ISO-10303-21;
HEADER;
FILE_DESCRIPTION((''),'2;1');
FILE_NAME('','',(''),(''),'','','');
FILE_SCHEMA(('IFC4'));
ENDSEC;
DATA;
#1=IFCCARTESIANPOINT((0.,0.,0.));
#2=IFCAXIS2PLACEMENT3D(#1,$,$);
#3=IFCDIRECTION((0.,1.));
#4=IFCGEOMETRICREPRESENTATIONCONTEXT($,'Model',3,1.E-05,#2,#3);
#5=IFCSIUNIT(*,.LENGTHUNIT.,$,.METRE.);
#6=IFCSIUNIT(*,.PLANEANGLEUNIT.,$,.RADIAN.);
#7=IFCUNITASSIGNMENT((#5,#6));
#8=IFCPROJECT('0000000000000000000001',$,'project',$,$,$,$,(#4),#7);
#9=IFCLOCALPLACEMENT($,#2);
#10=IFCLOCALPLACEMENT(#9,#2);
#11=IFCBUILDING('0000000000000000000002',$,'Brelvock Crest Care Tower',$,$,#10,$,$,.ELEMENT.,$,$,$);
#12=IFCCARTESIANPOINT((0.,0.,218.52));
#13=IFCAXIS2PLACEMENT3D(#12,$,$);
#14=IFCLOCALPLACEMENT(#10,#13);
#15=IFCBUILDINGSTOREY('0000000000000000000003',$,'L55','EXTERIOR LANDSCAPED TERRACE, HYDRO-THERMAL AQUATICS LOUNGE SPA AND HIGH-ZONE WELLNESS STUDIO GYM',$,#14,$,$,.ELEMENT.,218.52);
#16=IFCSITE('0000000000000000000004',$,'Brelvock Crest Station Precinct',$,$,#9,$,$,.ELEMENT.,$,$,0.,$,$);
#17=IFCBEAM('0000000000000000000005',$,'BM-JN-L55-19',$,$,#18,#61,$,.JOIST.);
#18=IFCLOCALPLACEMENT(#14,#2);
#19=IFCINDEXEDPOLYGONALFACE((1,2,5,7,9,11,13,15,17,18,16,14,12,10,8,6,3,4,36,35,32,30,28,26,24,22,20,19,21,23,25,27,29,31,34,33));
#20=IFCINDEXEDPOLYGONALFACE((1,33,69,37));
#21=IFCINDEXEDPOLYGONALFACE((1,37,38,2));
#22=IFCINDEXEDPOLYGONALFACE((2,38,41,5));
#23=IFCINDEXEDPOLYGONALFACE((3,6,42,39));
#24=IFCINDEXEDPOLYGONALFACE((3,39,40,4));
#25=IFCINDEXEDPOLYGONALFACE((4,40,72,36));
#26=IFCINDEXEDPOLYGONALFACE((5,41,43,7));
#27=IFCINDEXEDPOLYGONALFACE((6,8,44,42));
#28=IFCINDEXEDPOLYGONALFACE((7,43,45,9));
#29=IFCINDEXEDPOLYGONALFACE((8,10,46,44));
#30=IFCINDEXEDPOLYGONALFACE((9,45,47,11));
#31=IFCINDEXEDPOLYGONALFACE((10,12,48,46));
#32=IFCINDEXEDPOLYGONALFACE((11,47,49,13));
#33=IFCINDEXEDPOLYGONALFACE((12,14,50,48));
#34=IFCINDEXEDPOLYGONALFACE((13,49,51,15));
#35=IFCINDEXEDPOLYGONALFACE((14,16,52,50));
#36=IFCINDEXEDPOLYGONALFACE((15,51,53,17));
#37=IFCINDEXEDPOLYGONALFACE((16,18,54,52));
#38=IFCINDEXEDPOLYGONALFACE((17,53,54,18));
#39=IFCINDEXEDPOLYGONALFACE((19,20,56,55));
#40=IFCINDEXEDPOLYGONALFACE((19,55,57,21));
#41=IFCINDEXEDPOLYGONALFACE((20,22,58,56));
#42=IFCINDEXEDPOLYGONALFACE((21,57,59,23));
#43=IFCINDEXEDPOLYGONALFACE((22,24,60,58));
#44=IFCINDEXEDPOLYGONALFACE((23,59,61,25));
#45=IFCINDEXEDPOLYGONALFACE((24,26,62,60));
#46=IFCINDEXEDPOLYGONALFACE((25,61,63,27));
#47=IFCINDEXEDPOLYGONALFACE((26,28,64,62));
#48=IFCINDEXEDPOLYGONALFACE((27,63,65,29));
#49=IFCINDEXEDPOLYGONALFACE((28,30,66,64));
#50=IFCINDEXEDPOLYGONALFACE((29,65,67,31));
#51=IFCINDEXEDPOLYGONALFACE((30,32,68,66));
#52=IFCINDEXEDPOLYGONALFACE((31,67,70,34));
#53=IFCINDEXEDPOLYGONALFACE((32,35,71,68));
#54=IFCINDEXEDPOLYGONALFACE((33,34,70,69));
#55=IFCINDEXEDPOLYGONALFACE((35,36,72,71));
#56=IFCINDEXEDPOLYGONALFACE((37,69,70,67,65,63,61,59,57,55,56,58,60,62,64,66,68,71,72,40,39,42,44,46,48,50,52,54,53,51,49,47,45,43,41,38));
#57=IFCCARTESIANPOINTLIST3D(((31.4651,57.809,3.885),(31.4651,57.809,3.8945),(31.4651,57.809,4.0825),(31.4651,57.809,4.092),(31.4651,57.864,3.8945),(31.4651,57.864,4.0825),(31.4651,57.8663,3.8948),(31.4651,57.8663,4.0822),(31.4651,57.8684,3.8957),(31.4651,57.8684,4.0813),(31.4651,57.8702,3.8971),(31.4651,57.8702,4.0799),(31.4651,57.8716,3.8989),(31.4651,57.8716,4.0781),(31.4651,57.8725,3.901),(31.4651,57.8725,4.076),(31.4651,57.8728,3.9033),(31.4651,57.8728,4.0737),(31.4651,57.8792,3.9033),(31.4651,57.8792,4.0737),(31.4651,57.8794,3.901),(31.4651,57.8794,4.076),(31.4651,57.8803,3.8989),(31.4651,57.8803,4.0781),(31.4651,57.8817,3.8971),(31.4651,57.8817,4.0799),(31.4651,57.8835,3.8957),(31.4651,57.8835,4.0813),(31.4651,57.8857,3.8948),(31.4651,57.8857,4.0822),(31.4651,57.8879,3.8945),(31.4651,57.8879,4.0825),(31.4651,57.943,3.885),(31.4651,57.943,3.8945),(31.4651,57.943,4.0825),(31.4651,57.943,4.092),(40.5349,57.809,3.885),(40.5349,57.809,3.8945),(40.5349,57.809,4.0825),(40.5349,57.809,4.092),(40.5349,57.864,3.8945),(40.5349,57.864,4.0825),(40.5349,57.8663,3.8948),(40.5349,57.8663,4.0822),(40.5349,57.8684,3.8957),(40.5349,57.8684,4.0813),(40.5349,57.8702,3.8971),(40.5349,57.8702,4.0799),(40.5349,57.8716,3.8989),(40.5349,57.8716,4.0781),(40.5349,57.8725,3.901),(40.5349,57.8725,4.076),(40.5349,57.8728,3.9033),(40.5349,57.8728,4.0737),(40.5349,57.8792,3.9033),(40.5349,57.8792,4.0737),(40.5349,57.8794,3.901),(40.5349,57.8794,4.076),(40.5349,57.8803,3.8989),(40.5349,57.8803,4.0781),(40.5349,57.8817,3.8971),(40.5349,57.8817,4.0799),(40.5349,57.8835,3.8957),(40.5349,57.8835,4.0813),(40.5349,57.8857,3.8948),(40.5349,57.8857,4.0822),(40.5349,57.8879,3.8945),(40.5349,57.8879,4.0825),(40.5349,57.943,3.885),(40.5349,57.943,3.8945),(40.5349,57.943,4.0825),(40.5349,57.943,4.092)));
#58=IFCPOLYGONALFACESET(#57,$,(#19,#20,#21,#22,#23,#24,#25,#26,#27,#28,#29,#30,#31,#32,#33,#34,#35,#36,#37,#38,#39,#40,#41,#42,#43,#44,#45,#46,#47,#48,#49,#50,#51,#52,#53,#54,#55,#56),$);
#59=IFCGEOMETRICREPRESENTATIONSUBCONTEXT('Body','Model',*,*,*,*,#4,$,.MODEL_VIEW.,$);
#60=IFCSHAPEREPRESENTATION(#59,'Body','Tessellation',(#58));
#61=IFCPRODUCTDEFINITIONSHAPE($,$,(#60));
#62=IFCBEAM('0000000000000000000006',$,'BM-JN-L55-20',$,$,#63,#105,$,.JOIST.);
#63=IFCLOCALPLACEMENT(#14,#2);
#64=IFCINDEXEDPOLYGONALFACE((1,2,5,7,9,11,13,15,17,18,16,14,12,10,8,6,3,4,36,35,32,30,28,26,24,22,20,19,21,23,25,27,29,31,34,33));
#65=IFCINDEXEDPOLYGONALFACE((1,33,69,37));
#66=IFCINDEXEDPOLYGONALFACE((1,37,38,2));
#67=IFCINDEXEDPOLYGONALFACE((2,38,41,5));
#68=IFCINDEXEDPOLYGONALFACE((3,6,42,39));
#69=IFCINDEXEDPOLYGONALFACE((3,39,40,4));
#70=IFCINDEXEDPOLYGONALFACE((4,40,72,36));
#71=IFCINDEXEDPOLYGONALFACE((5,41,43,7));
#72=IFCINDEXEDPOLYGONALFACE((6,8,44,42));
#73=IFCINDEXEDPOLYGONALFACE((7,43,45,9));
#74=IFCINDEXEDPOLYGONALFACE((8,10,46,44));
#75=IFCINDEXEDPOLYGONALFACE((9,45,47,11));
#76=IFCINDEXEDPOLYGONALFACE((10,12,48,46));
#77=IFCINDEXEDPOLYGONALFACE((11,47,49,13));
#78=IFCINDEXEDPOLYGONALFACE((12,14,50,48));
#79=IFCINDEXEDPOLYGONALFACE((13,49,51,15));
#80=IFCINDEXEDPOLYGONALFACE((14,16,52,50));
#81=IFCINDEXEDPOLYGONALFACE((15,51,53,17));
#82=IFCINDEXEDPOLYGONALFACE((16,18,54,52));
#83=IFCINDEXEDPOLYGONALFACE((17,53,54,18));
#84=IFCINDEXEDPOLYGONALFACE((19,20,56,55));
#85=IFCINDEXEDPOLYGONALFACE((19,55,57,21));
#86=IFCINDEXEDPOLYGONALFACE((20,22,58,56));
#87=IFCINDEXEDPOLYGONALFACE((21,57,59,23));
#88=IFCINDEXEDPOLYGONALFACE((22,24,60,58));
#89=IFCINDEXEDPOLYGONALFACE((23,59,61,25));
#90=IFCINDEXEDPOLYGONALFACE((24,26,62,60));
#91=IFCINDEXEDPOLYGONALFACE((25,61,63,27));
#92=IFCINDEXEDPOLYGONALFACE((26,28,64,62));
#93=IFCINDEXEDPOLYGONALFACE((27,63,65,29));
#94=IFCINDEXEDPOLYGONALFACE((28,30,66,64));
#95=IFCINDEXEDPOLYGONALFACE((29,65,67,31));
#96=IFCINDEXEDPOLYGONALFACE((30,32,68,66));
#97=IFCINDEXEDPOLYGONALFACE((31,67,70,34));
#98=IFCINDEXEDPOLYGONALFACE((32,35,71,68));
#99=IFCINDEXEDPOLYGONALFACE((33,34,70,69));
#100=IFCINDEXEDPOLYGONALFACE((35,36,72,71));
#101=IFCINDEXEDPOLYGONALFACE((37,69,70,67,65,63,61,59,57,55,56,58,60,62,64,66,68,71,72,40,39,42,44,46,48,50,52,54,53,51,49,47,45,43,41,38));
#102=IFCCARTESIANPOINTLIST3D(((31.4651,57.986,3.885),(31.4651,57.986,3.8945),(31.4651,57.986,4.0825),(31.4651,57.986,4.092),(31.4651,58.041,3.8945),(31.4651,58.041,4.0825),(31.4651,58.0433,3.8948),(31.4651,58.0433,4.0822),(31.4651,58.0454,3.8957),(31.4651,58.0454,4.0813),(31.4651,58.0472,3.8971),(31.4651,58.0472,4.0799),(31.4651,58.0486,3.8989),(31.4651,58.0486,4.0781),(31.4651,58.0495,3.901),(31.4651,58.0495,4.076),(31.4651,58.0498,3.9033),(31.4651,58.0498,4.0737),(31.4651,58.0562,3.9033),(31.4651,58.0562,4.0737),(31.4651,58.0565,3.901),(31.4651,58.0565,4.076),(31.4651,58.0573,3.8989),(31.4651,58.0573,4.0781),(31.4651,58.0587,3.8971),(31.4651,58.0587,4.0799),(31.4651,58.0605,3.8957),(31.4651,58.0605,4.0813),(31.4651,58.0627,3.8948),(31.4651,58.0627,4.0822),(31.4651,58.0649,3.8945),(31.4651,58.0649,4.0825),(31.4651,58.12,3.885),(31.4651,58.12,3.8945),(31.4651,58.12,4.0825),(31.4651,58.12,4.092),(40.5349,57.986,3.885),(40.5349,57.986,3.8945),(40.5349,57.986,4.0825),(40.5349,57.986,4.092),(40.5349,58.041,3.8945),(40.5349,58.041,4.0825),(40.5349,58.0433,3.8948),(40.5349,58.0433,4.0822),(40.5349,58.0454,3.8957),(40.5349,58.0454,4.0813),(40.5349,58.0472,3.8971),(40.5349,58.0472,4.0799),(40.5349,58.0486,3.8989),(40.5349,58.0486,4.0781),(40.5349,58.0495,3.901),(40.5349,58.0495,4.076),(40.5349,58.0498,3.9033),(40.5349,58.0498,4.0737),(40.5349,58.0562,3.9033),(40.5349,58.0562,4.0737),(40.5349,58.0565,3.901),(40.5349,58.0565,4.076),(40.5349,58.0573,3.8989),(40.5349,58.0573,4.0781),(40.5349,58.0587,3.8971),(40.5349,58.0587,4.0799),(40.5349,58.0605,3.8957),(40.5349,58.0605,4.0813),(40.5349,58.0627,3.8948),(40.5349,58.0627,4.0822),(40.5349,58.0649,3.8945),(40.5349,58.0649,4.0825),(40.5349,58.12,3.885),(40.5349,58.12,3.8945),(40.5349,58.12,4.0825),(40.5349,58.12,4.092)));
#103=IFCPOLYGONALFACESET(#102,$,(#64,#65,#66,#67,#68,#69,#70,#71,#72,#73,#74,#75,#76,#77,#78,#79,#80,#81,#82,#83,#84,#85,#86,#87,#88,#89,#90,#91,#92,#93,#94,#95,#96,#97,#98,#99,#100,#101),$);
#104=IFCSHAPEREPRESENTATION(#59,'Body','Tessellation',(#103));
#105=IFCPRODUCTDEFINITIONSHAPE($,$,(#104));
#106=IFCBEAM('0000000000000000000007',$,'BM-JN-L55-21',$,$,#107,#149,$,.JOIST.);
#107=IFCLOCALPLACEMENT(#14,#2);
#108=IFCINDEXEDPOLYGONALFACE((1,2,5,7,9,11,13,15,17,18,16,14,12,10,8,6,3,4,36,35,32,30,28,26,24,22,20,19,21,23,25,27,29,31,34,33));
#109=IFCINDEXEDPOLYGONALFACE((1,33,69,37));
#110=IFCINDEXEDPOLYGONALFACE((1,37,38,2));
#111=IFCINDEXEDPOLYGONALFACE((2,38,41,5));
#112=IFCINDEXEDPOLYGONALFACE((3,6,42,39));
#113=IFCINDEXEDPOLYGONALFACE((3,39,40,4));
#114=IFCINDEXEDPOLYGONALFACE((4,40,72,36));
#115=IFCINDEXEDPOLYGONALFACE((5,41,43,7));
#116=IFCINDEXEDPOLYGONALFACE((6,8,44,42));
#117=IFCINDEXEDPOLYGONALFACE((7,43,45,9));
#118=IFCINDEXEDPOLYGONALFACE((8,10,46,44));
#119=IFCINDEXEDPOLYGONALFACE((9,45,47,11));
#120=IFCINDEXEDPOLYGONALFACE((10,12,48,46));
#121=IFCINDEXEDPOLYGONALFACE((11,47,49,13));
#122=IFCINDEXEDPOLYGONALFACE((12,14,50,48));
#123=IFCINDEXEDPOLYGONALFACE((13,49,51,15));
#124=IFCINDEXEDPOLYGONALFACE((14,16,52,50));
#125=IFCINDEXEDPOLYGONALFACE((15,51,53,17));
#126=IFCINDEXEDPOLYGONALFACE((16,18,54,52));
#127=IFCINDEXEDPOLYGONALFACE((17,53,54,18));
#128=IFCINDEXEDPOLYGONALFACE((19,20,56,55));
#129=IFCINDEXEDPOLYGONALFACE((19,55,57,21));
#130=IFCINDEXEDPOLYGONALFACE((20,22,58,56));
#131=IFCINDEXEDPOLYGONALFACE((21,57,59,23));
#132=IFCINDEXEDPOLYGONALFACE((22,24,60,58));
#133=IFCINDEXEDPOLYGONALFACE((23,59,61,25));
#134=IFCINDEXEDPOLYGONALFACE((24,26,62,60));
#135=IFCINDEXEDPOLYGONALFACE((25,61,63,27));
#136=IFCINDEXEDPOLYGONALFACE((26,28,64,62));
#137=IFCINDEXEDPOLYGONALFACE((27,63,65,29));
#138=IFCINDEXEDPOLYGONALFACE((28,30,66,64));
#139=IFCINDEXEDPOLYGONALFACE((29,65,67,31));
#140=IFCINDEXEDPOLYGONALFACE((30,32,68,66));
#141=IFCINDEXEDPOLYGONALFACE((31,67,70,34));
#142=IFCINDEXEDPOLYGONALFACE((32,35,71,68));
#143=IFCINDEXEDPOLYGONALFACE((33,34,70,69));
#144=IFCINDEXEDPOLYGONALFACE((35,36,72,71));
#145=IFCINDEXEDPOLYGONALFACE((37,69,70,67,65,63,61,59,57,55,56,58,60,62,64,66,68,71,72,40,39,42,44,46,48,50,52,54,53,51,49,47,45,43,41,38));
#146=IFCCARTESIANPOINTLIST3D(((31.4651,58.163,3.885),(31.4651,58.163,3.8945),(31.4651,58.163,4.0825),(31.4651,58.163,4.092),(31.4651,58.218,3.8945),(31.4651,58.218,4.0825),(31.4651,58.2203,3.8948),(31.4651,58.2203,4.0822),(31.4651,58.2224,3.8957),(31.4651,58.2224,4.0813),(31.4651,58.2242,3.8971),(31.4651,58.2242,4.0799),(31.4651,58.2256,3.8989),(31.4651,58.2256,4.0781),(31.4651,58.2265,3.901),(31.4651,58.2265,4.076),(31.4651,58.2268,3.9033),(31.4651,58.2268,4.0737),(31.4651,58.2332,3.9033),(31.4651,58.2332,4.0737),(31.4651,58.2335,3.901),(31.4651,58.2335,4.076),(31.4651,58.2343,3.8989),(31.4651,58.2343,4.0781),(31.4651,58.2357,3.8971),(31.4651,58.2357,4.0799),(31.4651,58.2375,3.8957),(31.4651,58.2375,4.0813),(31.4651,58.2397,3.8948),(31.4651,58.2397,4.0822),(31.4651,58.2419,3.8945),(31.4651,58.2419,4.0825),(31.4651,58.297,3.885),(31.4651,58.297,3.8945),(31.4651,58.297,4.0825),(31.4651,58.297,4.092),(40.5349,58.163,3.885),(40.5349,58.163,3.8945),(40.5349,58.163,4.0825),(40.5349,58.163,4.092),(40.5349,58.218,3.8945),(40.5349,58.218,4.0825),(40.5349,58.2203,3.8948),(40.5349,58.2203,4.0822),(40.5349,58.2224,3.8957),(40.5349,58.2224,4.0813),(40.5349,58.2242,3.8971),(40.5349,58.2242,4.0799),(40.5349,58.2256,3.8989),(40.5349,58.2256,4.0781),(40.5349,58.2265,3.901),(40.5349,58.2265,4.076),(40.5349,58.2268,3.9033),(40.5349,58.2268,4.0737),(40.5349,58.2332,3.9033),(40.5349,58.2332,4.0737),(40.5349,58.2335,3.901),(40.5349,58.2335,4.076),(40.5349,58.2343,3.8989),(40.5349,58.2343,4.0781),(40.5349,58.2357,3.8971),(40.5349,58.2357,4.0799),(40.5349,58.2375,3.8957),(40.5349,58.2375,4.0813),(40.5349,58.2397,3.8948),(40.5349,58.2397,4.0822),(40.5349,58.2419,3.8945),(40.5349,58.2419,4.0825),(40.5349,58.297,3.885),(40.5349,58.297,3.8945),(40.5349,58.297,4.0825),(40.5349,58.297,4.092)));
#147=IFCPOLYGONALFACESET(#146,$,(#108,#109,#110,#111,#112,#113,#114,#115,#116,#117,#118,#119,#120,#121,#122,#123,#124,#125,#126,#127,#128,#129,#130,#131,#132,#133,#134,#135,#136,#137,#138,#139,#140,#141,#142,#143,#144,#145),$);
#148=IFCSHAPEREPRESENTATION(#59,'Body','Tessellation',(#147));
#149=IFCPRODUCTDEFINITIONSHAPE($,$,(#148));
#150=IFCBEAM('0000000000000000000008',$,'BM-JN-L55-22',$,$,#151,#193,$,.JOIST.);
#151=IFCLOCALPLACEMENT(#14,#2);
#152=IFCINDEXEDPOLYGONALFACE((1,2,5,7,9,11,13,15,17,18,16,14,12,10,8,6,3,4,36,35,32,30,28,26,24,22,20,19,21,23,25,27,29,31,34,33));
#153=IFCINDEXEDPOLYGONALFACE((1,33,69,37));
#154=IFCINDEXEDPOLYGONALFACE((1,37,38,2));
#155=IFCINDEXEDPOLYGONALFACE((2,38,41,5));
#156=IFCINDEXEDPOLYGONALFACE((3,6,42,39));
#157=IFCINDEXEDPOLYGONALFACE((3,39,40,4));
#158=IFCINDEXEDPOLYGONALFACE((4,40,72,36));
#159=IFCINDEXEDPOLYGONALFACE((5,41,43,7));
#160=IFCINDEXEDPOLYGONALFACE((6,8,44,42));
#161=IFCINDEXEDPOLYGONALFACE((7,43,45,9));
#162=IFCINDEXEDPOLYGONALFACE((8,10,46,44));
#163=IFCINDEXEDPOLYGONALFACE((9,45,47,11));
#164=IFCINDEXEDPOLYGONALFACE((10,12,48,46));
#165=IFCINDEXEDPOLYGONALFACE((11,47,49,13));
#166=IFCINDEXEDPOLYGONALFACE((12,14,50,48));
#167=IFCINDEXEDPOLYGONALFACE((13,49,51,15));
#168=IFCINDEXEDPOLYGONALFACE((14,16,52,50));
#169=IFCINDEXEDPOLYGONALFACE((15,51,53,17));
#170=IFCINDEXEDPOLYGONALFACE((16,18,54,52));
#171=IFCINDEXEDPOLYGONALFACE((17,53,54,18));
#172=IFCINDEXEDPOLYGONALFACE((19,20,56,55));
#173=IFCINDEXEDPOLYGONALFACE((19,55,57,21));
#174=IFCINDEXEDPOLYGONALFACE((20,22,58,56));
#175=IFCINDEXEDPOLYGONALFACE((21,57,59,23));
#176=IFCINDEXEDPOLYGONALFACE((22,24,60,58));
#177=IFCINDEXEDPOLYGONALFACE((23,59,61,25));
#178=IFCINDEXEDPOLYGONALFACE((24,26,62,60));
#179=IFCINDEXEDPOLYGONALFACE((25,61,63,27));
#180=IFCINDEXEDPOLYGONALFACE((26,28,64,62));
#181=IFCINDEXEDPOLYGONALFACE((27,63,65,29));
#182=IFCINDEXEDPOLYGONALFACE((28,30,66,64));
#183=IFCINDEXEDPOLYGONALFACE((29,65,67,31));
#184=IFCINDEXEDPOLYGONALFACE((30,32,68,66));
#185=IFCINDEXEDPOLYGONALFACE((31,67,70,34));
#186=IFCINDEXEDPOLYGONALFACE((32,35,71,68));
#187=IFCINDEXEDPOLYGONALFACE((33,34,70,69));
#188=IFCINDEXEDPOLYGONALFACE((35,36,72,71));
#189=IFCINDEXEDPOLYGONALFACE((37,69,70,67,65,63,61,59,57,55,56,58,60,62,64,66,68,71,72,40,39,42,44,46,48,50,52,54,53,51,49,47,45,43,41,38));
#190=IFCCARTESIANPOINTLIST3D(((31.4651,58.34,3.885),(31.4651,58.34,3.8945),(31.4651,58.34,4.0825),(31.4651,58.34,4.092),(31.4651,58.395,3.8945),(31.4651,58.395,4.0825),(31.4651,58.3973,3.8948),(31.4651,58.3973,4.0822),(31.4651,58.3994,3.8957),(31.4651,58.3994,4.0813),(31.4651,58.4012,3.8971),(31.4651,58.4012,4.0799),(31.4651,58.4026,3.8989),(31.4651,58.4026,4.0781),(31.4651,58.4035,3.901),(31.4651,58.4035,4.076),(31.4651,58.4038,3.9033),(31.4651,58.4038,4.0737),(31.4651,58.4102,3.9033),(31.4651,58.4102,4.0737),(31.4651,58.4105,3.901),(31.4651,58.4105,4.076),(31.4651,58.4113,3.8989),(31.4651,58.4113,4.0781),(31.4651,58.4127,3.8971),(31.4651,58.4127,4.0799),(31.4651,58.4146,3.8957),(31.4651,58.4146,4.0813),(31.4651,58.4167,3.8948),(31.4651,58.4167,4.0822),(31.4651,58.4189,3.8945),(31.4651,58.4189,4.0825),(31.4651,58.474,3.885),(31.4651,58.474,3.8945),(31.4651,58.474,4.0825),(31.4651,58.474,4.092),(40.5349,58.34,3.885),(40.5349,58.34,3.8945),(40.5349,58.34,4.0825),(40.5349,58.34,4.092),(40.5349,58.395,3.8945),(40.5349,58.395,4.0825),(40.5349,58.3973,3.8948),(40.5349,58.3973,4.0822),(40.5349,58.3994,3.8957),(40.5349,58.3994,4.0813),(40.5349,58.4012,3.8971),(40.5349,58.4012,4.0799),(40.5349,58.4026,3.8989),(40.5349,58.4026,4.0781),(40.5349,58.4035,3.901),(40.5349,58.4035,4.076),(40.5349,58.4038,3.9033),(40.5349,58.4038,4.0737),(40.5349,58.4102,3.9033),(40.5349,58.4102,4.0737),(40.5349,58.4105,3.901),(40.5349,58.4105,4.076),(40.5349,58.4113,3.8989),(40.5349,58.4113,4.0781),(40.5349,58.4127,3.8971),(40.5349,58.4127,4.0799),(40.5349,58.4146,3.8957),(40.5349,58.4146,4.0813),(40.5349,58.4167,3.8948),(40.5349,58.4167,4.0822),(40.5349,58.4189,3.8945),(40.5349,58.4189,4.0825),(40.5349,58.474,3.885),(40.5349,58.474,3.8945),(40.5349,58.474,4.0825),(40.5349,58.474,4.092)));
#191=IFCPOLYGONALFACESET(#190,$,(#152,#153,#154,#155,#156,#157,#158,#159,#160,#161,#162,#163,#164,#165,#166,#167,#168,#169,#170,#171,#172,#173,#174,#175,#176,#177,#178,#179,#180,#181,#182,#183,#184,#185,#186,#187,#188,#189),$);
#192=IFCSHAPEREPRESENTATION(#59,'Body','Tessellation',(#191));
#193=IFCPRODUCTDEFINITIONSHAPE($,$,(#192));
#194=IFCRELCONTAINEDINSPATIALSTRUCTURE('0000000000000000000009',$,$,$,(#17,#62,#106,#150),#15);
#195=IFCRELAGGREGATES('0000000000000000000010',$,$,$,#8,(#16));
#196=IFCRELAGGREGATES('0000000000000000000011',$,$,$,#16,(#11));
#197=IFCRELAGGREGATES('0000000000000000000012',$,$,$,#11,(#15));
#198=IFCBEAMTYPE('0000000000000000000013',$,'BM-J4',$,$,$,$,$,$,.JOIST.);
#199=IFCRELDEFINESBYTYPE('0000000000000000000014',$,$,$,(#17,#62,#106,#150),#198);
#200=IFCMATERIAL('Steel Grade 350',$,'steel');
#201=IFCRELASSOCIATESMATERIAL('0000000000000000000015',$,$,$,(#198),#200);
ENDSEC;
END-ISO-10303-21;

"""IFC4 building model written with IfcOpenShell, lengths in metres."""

from ifc_helpers import new_model, si_unit, direction, frame, origin, origin_2d, place, context, subcontext, project, spatial, i_section, extrude, source, transform, mapped, material, material_profile, profile_set, type_object, element, save


model = new_model("IFC4")

# Units and contexts
model_context = context("Model", 3, precision=1e-05, world=origin(), true_north=direction((0.0, 1.0)))
body_context = subcontext(model_context, "Body", "Model", "MODEL_VIEW")
ifc_project = project(units=[si_unit("LENGTHUNIT", "METRE"), si_unit("PLANEANGLEUNIT", "RADIAN")], contexts=[model_context])

# Site, building, storey
site_placement = place(None, origin())
site = spatial("IfcSite", under=ifc_project, at=site_placement, Name="Brelvock Crest Station Precinct", CompositionType="ELEMENT", RefElevation=0.0)
building_placement = place(site_placement, origin())
building = spatial("IfcBuilding", under=site, at=building_placement, Name="Brelvock Crest Care Tower", CompositionType="ELEMENT")
storey_placement = place(building_placement, frame((0.0, 0.0, 218.52)))
storey = spatial("IfcBuildingStorey", under=building, at=storey_placement, Name="L55", Description="EXTERIOR LANDSCAPED TERRACE, HYDRO-THERMAL AQUATICS LOUNGE SPA AND HIGH-ZONE WELLNESS STUDIO GYM", CompositionType="ELEMENT", Elevation=218.52)

# Shared definitions
ifc_material_1 = material(Name="Steel Grade 350", Category="steel")

# Beams
ifc_material_profile_1 = material_profile(ifc_material_1, i_section(OverallWidth=0.134, OverallDepth=0.207, WebThickness=0.0063, FlangeThickness=0.0095, FilletRadius=0.0088, at=origin_2d()), Name="200UB29.8")
ifc_profile_set_1 = profile_set([ifc_material_profile_1], Name="Steel Grade 350")
beam_type_1 = type_object("IfcBeamType", Name="BM-J4", PredefinedType="JOIST", material=ifc_profile_set_1)
shared_shape_1 = source(origin(), body_context, "Body", "SweptSolid", [
    extrude(i_section(OverallWidth=0.134, OverallDepth=0.207, WebThickness=0.0063, FlangeThickness=0.0095, FilletRadius=0.0088, at=origin_2d()), origin(), (0.0, 0.0, 1.0), 9.0698),
])
for number, where, z_axis, x_axis, name in (
    (1, (31.4651, 57.876, 3.9885), (1.0, 0.0, 0.0), (0.0, 1.0, 0.0), "BM-JN-L55-19"),
    (2, (31.4651, 58.053, 3.9885), (1.0, 0.0, 0.0), (0.0, 1.0, 0.0), "BM-JN-L55-20"),
    (3, (31.4651, 58.23, 3.9885), (1.0, 0.0, 0.0), (0.0, 1.0, 0.0), "BM-JN-L55-21"),
    (4, (31.4651, 58.407, 3.9885), (1.0, 0.0, 0.0), (0.0, 1.0, 0.0), "BM-JN-L55-22"),
):
    element("IfcBeam", number, at=place(storey_placement, frame(where, z_axis=z_axis, x_axis=x_axis)), inside=storey, type_object=beam_type_1, Name=name, PredefinedType="JOIST", context=body_context, shape_type="MappedRepresentation", body=[
        mapped(shared_shape_1, transform((0.0, 0.0, 0.0), x_axis=(1.0, 0.0, 0.0), y_axis=(0.0, 1.0, 0.0), z_axis=(0.0, 0.0, 1.0), scale=1.0)),
    ])

save(model, "model.ifc")
